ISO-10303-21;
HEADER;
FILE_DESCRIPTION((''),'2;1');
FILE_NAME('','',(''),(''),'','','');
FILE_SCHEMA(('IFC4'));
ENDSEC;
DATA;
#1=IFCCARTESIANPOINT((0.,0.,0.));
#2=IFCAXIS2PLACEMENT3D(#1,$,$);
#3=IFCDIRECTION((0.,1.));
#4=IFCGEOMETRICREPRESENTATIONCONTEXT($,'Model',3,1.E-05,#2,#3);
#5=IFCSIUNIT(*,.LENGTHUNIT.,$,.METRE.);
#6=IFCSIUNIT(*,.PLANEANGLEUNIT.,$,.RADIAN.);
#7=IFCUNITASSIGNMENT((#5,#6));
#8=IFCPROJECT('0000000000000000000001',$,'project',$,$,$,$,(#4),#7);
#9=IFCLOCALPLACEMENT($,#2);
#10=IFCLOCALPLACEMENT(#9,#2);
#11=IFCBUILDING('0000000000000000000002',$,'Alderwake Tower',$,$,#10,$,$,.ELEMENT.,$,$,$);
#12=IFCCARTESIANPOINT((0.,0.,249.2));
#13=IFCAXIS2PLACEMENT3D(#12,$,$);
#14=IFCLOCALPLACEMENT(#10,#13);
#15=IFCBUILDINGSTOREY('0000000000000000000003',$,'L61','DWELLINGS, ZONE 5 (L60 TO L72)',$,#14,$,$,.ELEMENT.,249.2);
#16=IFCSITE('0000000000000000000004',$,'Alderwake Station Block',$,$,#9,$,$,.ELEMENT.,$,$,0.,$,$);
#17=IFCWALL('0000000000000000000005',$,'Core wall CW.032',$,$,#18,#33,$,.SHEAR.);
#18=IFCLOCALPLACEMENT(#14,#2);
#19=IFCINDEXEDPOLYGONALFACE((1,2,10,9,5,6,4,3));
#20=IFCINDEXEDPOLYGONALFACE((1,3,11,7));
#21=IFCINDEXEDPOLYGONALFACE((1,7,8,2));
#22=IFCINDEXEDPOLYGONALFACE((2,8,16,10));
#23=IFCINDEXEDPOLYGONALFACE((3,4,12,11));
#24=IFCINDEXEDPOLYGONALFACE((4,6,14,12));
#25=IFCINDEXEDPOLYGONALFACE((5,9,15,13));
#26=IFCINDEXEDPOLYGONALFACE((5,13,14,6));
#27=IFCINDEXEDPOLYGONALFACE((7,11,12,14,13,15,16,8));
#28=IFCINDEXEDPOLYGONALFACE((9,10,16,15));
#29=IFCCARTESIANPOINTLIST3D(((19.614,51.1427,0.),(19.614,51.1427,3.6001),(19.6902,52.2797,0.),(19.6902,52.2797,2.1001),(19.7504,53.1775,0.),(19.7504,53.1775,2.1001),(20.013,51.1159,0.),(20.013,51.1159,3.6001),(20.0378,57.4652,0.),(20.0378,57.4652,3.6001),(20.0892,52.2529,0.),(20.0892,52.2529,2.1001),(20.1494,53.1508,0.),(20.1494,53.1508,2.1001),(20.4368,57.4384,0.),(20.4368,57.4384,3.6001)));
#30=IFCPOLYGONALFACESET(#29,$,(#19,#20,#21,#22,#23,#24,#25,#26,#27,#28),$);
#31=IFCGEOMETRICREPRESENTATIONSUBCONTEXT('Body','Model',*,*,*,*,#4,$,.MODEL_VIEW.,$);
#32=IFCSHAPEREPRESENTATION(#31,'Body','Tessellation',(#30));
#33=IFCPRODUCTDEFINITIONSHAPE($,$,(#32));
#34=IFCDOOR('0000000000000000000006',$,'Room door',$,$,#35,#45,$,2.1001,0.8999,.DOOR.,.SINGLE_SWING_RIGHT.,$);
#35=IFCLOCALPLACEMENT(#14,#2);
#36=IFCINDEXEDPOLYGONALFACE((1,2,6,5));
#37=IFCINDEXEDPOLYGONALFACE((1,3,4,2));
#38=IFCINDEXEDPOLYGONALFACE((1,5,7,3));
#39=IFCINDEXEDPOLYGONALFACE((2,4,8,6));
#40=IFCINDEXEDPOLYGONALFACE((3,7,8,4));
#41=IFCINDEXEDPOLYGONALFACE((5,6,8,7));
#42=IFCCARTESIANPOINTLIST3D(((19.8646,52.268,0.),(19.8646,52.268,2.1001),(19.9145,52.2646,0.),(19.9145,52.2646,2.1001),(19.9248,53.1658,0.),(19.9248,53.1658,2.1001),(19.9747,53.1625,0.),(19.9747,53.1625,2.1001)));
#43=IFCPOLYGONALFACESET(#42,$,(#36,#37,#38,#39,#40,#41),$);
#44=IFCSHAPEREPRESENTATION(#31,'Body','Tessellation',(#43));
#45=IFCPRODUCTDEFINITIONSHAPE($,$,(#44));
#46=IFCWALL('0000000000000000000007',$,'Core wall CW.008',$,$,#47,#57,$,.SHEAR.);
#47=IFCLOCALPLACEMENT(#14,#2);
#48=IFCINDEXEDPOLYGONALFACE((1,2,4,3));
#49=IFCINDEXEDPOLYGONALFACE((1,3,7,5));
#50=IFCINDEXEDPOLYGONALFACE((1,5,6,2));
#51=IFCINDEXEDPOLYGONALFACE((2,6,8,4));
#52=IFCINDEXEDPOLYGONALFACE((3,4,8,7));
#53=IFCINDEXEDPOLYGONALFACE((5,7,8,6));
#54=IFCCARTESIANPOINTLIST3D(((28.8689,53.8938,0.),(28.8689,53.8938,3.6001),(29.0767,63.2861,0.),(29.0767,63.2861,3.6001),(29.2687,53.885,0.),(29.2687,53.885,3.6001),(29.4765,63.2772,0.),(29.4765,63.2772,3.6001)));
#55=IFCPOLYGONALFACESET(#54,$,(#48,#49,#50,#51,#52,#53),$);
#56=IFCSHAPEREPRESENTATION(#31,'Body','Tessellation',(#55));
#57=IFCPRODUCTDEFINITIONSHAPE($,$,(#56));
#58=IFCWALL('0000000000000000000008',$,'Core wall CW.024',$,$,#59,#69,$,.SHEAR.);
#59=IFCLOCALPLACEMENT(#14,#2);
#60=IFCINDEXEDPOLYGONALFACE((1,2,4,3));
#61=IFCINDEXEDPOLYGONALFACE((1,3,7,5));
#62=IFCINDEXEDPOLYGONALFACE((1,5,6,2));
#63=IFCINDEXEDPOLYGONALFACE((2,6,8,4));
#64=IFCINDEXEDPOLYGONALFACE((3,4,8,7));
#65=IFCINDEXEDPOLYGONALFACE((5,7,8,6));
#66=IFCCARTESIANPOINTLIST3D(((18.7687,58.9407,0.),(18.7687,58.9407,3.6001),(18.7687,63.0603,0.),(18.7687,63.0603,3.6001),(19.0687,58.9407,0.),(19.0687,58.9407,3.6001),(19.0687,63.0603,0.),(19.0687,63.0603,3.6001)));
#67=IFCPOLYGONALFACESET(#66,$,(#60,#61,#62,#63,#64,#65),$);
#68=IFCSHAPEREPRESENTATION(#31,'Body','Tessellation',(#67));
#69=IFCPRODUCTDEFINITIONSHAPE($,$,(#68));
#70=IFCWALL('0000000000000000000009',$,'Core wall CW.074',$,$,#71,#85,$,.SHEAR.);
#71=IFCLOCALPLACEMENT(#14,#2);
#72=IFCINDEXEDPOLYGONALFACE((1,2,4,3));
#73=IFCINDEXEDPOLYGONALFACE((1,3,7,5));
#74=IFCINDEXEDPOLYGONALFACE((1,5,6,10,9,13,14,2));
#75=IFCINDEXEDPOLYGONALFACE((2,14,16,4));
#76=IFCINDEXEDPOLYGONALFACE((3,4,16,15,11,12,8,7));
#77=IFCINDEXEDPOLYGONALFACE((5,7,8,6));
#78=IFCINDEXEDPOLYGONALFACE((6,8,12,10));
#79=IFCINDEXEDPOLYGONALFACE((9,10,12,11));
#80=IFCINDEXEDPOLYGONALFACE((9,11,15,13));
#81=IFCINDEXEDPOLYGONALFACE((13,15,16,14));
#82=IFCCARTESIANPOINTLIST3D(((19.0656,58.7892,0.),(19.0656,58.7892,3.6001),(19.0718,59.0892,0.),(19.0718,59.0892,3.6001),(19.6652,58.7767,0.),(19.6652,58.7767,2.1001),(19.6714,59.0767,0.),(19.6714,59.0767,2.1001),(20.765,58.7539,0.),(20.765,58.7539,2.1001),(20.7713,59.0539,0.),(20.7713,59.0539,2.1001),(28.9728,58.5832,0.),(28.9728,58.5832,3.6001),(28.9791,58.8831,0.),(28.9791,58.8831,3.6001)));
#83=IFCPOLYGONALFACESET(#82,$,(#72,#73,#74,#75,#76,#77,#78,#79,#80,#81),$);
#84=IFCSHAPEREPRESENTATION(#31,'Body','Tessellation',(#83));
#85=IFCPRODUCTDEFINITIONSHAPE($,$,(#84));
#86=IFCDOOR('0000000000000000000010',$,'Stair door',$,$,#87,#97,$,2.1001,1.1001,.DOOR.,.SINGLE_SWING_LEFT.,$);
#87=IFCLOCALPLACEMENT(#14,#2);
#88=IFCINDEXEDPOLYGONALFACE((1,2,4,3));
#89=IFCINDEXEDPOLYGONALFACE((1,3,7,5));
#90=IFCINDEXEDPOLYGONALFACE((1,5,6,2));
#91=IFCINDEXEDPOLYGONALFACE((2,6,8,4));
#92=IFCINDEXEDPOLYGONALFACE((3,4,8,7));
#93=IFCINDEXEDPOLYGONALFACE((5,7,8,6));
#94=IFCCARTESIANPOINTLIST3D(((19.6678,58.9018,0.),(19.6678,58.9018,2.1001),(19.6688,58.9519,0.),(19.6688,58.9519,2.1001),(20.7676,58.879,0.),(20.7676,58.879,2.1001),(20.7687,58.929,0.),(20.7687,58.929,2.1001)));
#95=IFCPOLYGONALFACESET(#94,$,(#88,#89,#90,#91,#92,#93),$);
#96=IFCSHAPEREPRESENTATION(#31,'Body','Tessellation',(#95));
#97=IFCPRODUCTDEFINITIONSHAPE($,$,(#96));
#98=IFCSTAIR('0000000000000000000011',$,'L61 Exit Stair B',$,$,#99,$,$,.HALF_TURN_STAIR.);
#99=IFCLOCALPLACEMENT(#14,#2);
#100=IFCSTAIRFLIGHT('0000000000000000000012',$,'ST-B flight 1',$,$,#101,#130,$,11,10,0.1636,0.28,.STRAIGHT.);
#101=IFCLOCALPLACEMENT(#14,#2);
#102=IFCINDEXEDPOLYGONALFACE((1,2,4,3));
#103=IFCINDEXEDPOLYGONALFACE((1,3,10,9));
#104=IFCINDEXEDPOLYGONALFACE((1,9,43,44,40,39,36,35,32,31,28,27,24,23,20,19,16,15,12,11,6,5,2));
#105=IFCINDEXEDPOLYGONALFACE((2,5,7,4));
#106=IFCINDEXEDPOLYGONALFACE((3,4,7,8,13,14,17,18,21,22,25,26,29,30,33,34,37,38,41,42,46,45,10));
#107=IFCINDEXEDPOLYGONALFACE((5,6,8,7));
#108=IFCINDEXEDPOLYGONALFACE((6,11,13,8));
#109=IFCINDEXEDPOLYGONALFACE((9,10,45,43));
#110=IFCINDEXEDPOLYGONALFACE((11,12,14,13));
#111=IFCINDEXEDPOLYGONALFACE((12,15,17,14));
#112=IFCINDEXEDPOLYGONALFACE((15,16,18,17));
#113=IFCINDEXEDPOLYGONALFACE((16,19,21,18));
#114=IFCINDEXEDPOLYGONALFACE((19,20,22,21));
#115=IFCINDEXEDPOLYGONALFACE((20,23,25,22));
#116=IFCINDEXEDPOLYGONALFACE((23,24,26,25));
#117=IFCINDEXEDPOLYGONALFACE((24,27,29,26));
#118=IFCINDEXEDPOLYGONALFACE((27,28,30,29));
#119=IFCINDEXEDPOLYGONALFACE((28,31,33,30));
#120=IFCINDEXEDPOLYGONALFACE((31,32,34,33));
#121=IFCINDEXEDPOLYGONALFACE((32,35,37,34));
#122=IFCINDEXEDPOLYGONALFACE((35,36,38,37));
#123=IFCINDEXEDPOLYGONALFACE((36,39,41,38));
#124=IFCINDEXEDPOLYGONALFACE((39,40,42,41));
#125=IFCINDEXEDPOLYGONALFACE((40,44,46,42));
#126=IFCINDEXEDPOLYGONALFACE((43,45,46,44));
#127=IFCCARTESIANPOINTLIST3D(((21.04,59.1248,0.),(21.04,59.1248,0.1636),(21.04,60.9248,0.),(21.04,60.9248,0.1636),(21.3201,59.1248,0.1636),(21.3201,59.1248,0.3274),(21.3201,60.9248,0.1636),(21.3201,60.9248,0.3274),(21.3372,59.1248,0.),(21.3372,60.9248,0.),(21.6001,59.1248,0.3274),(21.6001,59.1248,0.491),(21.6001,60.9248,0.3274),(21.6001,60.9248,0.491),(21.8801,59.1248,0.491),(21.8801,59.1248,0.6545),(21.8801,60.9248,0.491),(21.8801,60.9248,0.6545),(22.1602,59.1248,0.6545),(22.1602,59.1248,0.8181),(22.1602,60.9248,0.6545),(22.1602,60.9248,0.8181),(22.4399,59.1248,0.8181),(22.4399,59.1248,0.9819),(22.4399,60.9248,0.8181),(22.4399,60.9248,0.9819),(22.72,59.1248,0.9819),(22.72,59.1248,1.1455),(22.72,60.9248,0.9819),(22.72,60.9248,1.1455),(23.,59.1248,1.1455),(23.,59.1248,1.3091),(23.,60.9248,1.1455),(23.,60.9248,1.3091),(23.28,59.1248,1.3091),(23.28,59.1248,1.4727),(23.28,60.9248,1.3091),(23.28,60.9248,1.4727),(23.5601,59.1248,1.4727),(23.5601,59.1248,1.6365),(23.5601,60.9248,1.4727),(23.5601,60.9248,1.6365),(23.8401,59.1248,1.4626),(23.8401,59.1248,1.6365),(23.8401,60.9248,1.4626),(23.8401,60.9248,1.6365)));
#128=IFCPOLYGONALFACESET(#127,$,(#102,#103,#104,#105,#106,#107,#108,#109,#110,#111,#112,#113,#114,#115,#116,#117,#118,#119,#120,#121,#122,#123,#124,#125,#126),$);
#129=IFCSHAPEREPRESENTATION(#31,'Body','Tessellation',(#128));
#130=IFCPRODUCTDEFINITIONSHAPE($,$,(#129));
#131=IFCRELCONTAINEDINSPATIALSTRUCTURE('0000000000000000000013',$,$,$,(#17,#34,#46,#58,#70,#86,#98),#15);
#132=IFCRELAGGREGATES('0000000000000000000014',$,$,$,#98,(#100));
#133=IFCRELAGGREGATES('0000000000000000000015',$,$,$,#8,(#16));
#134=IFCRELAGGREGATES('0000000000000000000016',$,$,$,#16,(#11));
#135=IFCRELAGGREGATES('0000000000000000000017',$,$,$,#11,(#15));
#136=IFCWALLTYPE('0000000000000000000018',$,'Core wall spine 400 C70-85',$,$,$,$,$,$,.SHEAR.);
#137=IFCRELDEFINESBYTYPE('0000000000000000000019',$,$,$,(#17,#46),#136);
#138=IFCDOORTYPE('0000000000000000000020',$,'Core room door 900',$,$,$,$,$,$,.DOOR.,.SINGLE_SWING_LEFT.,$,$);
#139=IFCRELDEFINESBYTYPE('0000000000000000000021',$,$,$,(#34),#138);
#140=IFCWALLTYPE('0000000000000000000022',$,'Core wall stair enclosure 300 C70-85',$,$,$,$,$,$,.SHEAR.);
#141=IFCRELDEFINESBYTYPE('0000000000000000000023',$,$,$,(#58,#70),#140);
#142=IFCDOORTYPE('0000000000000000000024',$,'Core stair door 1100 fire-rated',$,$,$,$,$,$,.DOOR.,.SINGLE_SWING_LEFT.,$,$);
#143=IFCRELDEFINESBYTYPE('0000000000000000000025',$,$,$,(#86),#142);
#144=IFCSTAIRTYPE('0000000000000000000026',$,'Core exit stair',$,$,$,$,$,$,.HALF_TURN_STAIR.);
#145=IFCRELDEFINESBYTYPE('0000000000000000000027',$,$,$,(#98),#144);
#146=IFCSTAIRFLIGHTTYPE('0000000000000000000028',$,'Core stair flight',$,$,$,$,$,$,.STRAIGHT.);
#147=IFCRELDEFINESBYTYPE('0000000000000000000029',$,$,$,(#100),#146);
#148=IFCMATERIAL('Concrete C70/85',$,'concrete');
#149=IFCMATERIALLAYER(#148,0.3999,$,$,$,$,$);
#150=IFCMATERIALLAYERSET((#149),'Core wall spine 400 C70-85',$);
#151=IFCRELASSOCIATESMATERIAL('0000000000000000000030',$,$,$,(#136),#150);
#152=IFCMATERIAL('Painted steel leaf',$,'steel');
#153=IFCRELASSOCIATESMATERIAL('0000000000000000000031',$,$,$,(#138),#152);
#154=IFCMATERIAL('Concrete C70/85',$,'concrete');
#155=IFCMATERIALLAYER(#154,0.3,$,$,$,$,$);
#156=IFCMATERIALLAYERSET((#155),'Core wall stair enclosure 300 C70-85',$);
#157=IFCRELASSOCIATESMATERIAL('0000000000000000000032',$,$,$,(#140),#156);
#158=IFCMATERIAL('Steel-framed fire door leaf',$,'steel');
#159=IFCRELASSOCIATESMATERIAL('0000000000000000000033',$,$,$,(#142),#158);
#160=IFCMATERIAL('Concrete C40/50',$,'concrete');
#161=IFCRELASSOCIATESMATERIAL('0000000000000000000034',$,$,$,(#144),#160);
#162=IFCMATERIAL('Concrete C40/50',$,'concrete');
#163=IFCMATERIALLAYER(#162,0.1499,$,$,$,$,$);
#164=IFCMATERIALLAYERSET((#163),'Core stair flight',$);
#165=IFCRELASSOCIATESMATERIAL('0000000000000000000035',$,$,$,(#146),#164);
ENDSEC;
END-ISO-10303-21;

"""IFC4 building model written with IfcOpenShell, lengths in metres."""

from ifc_helpers import new_model, si_unit, direction, frame, frame_2d, origin, place, context, subcontext, project, spatial, polyline, rectangle, outline, extrude, material, layer, layer_set, type_object, element, fill, aggregate, save


model = new_model("IFC4")

# Units and contexts
model_context = context("Model", 3, precision=1e-05, world=origin(), true_north=direction((0.0, 1.0)))
body_context = subcontext(model_context, "Body", "Model", "MODEL_VIEW")
ifc_project = project(units=[si_unit("LENGTHUNIT", "METRE"), si_unit("PLANEANGLEUNIT", "RADIAN")], contexts=[model_context])

# Site, building, storey
site_placement = place(None, origin())
site = spatial("IfcSite", under=ifc_project, at=site_placement, Name="Alderwake Station Block", CompositionType="ELEMENT", RefElevation=0.0)
building_placement = place(site_placement, origin())
building = spatial("IfcBuilding", under=site, at=building_placement, Name="Alderwake Tower", CompositionType="ELEMENT")
storey_placement = place(building_placement, frame((0.0, 0.0, 249.2)))
storey = spatial("IfcBuildingStorey", under=building, at=storey_placement, Name="L61", Description="DWELLINGS, ZONE 5 (L60 TO L72)", CompositionType="ELEMENT", Elevation=249.2)

# Shared definitions
ifc_material_1 = material(Name="Concrete C70/85", Category="concrete")
ifc_layer_1 = layer(ifc_material_1, 0.3999)
ifc_layer_set_1 = layer_set([ifc_layer_1], Name="Core wall spine 400 C70-85")
wall_type_1 = type_object("IfcWallType", Name="Core wall spine 400 C70-85", PredefinedType="SHEAR", material=ifc_layer_set_1)

# Wall, opening, door
wall_1_placement = place(storey_placement, frame((20.2373, 57.4519, 0.0), z_axis=(0.0, 0.0, 1.0), x_axis=(-0.066885, -0.997761, 0.0)))
wall_1 = element("IfcWall", 1, at=wall_1_placement, inside=storey, type_object=wall_type_1, Name="Core wall CW.032", PredefinedType="SHEAR", context=body_context, shape_type="SweptSolid", body=[
    extrude(rectangle(XDim=6.3367, YDim=0.3999, at=frame_2d((3.1685, 0.0))), origin(), (0.0, 0.0, 1.0), 3.6001),
])
opening_1_placement = place(wall_1_placement, frame((4.2974, 0.0, 0.0)))
opening_1 = element("IfcOpeningElement", 2, at=opening_1_placement, cuts=wall_1, PredefinedType="OPENING", context=body_context, shape_type="SweptSolid", body=[
    extrude(rectangle(XDim=0.8999, YDim=2.1001, at=frame_2d((0.45, 1.05))), frame((0.0, 0.21, 0.0), z_axis=(0.0, -1.0, 0.0), x_axis=(1.0, 0.0, 0.0)), (0.0, 0.0, 1.0), 0.4199),
])
ifc_material_2 = material(Name="Painted steel leaf", Category="steel")
door_type_1 = type_object("IfcDoorType", Name="Core room door 900", OperationType="SINGLE_SWING_LEFT", PredefinedType="DOOR", material=ifc_material_2)
door_1_placement = place(opening_1_placement, origin())
door_1 = element("IfcDoor", 3, at=door_1_placement, inside=storey, type_object=door_type_1, Name="Room door", OperationType="SINGLE_SWING_RIGHT", OverallHeight=2.1001, OverallWidth=0.8999, PredefinedType="DOOR", context=body_context, shape_type="SweptSolid", body=[
    extrude(rectangle(XDim=0.8999, YDim=2.1001, at=frame_2d((0.45, 1.05))), frame((0.0, 0.0249, 0.0), z_axis=(0.0, -1.0, 0.0), x_axis=(1.0, 0.0, 0.0)), (0.0, 0.0, 1.0), 0.05),
])
fill(opening_1, door_1)

# Walls
wall_2_placement = place(storey_placement, frame((29.0688, 53.8894, 0.0), z_axis=(0.0, 0.0, 1.0), x_axis=(0.022115, 0.999755, 0.0)))
element("IfcWall", 4, at=wall_2_placement, inside=storey, type_object=wall_type_1, Name="Core wall CW.008", PredefinedType="SHEAR", context=body_context, shape_type="SweptSolid", body=[
    extrude(rectangle(XDim=9.3945, YDim=0.3999, at=frame_2d((4.6973, 0.0))), origin(), (0.0, 0.0, 1.0), 3.6001),
])
ifc_material_3 = material(Name="Concrete C70/85", Category="concrete")
ifc_layer_2 = layer(ifc_material_3, 0.3)
ifc_layer_set_2 = layer_set([ifc_layer_2], Name="Core wall stair enclosure 300 C70-85")
wall_type_2 = type_object("IfcWallType", Name="Core wall stair enclosure 300 C70-85", PredefinedType="SHEAR", material=ifc_layer_set_2)
wall_3_placement = place(storey_placement, frame((18.9187, 58.9407, 0.0), z_axis=(0.0, 0.0, 1.0), x_axis=(0.0, 1.0, 0.0)))
element("IfcWall", 5, at=wall_3_placement, inside=storey, type_object=wall_type_2, Name="Core wall CW.024", PredefinedType="SHEAR", context=body_context, shape_type="SweptSolid", body=[
    extrude(rectangle(XDim=4.1196, YDim=0.3, at=frame_2d((2.0598, 0.0))), origin(), (0.0, 0.0, 1.0), 3.6001),
])

# Wall, opening, door
wall_4_placement = place(storey_placement, frame((28.9758, 58.7332, 0.0), z_axis=(0.0, 0.0, 1.0), x_axis=(-0.999784, 0.020794, 0.0)))
wall_4 = element("IfcWall", 6, at=wall_4_placement, inside=storey, type_object=wall_type_2, Name="Core wall CW.074", PredefinedType="SHEAR", context=body_context, shape_type="SweptSolid", body=[
    extrude(rectangle(XDim=9.9094, YDim=0.3, at=frame_2d((4.9546, 0.0))), origin(), (0.0, 0.0, 1.0), 3.6001),
])
opening_2_placement = place(wall_4_placement, frame((8.2095, 0.0, 0.0)))
opening_2 = element("IfcOpeningElement", 7, at=opening_2_placement, cuts=wall_4, PredefinedType="OPENING", context=body_context, shape_type="SweptSolid", body=[
    extrude(rectangle(XDim=1.1001, YDim=2.1001, at=frame_2d((0.55, 1.05))), frame((0.0, 0.1599, 0.0), z_axis=(0.0, -1.0, 0.0), x_axis=(1.0, 0.0, 0.0)), (0.0, 0.0, 1.0), 0.3201),
])
ifc_material_4 = material(Name="Steel-framed fire door leaf", Category="steel")
door_type_2 = type_object("IfcDoorType", Name="Core stair door 1100 fire-rated", OperationType="SINGLE_SWING_LEFT", PredefinedType="DOOR", material=ifc_material_4)
door_2_placement = place(opening_2_placement, origin())
door_2 = element("IfcDoor", 8, at=door_2_placement, inside=storey, type_object=door_type_2, Name="Stair door", OperationType="SINGLE_SWING_LEFT", OverallHeight=2.1001, OverallWidth=1.1001, PredefinedType="DOOR", context=body_context, shape_type="SweptSolid", body=[
    extrude(rectangle(XDim=1.1001, YDim=2.1001, at=frame_2d((0.55, 1.05))), frame((0.0, 0.0249, 0.0), z_axis=(0.0, -1.0, 0.0), x_axis=(1.0, 0.0, 0.0)), (0.0, 0.0, 1.0), 0.05),
])
fill(opening_2, door_2)

# Stair, stair flight
ifc_material_5 = material(Name="Concrete C40/50", Category="concrete")
stair_type = type_object("IfcStairType", Name="Core exit stair", PredefinedType="HALF_TURN_STAIR", material=ifc_material_5)
stair_placement = place(storey_placement, origin())
stair = element("IfcStair", 9, at=stair_placement, inside=storey, type_object=stair_type, Name="L61 Exit Stair B", PredefinedType="HALF_TURN_STAIR")
ifc_material_6 = material(Name="Concrete C40/50", Category="concrete")
ifc_layer_3 = layer(ifc_material_6, 0.1499)
ifc_layer_set_3 = layer_set([ifc_layer_3], Name="Core stair flight")
stair_flight_type = type_object("IfcStairFlightType", Name="Core stair flight", PredefinedType="STRAIGHT", material=ifc_layer_set_3)
stair_flight_placement = place(storey_placement, frame((21.04, 60.0249, 0.0), z_axis=(0.0, 0.0, 1.0), x_axis=(1.0, 0.0, 0.0)))
stair_flight = element("IfcStairFlight", 10, at=stair_flight_placement, type_object=stair_flight_type, Name="ST-B flight 1", NumberOfRisers=11, NumberOfTreads=10, PredefinedType="STRAIGHT", RiserHeight=0.1636, TreadLength=0.28, context=body_context, shape_type="SweptSolid", body=[
    extrude(outline(polyline([(0.0, 0.0), (0.0, 0.1636), (0.28, 0.1636), (0.28, 0.3274), (0.5601, 0.3274), (0.5601, 0.491), (0.8401, 0.491), (0.8401, 0.6545), (1.1201, 0.6545), (1.1201, 0.8181), (1.3999, 0.8181), (1.3999, 0.9819), (1.6799, 0.9819), (1.6799, 1.1455), (1.96, 1.1455), (1.96, 1.3091), (2.24, 1.3091), (2.24, 1.4727), (2.52, 1.4727), (2.52, 1.6365), (2.8, 1.6365), (2.8, 1.8), (2.8, 1.4626), (0.2971, 0.0), (0.0, 0.0)])), frame((0.0, 0.8999, 0.0), z_axis=(0.0, -1.0, 0.0), x_axis=(1.0, 0.0, 0.0)), (0.0, 0.0, 1.0), 1.8),
])
aggregate(stair, [stair_flight])

save(model, "model.ifc")
